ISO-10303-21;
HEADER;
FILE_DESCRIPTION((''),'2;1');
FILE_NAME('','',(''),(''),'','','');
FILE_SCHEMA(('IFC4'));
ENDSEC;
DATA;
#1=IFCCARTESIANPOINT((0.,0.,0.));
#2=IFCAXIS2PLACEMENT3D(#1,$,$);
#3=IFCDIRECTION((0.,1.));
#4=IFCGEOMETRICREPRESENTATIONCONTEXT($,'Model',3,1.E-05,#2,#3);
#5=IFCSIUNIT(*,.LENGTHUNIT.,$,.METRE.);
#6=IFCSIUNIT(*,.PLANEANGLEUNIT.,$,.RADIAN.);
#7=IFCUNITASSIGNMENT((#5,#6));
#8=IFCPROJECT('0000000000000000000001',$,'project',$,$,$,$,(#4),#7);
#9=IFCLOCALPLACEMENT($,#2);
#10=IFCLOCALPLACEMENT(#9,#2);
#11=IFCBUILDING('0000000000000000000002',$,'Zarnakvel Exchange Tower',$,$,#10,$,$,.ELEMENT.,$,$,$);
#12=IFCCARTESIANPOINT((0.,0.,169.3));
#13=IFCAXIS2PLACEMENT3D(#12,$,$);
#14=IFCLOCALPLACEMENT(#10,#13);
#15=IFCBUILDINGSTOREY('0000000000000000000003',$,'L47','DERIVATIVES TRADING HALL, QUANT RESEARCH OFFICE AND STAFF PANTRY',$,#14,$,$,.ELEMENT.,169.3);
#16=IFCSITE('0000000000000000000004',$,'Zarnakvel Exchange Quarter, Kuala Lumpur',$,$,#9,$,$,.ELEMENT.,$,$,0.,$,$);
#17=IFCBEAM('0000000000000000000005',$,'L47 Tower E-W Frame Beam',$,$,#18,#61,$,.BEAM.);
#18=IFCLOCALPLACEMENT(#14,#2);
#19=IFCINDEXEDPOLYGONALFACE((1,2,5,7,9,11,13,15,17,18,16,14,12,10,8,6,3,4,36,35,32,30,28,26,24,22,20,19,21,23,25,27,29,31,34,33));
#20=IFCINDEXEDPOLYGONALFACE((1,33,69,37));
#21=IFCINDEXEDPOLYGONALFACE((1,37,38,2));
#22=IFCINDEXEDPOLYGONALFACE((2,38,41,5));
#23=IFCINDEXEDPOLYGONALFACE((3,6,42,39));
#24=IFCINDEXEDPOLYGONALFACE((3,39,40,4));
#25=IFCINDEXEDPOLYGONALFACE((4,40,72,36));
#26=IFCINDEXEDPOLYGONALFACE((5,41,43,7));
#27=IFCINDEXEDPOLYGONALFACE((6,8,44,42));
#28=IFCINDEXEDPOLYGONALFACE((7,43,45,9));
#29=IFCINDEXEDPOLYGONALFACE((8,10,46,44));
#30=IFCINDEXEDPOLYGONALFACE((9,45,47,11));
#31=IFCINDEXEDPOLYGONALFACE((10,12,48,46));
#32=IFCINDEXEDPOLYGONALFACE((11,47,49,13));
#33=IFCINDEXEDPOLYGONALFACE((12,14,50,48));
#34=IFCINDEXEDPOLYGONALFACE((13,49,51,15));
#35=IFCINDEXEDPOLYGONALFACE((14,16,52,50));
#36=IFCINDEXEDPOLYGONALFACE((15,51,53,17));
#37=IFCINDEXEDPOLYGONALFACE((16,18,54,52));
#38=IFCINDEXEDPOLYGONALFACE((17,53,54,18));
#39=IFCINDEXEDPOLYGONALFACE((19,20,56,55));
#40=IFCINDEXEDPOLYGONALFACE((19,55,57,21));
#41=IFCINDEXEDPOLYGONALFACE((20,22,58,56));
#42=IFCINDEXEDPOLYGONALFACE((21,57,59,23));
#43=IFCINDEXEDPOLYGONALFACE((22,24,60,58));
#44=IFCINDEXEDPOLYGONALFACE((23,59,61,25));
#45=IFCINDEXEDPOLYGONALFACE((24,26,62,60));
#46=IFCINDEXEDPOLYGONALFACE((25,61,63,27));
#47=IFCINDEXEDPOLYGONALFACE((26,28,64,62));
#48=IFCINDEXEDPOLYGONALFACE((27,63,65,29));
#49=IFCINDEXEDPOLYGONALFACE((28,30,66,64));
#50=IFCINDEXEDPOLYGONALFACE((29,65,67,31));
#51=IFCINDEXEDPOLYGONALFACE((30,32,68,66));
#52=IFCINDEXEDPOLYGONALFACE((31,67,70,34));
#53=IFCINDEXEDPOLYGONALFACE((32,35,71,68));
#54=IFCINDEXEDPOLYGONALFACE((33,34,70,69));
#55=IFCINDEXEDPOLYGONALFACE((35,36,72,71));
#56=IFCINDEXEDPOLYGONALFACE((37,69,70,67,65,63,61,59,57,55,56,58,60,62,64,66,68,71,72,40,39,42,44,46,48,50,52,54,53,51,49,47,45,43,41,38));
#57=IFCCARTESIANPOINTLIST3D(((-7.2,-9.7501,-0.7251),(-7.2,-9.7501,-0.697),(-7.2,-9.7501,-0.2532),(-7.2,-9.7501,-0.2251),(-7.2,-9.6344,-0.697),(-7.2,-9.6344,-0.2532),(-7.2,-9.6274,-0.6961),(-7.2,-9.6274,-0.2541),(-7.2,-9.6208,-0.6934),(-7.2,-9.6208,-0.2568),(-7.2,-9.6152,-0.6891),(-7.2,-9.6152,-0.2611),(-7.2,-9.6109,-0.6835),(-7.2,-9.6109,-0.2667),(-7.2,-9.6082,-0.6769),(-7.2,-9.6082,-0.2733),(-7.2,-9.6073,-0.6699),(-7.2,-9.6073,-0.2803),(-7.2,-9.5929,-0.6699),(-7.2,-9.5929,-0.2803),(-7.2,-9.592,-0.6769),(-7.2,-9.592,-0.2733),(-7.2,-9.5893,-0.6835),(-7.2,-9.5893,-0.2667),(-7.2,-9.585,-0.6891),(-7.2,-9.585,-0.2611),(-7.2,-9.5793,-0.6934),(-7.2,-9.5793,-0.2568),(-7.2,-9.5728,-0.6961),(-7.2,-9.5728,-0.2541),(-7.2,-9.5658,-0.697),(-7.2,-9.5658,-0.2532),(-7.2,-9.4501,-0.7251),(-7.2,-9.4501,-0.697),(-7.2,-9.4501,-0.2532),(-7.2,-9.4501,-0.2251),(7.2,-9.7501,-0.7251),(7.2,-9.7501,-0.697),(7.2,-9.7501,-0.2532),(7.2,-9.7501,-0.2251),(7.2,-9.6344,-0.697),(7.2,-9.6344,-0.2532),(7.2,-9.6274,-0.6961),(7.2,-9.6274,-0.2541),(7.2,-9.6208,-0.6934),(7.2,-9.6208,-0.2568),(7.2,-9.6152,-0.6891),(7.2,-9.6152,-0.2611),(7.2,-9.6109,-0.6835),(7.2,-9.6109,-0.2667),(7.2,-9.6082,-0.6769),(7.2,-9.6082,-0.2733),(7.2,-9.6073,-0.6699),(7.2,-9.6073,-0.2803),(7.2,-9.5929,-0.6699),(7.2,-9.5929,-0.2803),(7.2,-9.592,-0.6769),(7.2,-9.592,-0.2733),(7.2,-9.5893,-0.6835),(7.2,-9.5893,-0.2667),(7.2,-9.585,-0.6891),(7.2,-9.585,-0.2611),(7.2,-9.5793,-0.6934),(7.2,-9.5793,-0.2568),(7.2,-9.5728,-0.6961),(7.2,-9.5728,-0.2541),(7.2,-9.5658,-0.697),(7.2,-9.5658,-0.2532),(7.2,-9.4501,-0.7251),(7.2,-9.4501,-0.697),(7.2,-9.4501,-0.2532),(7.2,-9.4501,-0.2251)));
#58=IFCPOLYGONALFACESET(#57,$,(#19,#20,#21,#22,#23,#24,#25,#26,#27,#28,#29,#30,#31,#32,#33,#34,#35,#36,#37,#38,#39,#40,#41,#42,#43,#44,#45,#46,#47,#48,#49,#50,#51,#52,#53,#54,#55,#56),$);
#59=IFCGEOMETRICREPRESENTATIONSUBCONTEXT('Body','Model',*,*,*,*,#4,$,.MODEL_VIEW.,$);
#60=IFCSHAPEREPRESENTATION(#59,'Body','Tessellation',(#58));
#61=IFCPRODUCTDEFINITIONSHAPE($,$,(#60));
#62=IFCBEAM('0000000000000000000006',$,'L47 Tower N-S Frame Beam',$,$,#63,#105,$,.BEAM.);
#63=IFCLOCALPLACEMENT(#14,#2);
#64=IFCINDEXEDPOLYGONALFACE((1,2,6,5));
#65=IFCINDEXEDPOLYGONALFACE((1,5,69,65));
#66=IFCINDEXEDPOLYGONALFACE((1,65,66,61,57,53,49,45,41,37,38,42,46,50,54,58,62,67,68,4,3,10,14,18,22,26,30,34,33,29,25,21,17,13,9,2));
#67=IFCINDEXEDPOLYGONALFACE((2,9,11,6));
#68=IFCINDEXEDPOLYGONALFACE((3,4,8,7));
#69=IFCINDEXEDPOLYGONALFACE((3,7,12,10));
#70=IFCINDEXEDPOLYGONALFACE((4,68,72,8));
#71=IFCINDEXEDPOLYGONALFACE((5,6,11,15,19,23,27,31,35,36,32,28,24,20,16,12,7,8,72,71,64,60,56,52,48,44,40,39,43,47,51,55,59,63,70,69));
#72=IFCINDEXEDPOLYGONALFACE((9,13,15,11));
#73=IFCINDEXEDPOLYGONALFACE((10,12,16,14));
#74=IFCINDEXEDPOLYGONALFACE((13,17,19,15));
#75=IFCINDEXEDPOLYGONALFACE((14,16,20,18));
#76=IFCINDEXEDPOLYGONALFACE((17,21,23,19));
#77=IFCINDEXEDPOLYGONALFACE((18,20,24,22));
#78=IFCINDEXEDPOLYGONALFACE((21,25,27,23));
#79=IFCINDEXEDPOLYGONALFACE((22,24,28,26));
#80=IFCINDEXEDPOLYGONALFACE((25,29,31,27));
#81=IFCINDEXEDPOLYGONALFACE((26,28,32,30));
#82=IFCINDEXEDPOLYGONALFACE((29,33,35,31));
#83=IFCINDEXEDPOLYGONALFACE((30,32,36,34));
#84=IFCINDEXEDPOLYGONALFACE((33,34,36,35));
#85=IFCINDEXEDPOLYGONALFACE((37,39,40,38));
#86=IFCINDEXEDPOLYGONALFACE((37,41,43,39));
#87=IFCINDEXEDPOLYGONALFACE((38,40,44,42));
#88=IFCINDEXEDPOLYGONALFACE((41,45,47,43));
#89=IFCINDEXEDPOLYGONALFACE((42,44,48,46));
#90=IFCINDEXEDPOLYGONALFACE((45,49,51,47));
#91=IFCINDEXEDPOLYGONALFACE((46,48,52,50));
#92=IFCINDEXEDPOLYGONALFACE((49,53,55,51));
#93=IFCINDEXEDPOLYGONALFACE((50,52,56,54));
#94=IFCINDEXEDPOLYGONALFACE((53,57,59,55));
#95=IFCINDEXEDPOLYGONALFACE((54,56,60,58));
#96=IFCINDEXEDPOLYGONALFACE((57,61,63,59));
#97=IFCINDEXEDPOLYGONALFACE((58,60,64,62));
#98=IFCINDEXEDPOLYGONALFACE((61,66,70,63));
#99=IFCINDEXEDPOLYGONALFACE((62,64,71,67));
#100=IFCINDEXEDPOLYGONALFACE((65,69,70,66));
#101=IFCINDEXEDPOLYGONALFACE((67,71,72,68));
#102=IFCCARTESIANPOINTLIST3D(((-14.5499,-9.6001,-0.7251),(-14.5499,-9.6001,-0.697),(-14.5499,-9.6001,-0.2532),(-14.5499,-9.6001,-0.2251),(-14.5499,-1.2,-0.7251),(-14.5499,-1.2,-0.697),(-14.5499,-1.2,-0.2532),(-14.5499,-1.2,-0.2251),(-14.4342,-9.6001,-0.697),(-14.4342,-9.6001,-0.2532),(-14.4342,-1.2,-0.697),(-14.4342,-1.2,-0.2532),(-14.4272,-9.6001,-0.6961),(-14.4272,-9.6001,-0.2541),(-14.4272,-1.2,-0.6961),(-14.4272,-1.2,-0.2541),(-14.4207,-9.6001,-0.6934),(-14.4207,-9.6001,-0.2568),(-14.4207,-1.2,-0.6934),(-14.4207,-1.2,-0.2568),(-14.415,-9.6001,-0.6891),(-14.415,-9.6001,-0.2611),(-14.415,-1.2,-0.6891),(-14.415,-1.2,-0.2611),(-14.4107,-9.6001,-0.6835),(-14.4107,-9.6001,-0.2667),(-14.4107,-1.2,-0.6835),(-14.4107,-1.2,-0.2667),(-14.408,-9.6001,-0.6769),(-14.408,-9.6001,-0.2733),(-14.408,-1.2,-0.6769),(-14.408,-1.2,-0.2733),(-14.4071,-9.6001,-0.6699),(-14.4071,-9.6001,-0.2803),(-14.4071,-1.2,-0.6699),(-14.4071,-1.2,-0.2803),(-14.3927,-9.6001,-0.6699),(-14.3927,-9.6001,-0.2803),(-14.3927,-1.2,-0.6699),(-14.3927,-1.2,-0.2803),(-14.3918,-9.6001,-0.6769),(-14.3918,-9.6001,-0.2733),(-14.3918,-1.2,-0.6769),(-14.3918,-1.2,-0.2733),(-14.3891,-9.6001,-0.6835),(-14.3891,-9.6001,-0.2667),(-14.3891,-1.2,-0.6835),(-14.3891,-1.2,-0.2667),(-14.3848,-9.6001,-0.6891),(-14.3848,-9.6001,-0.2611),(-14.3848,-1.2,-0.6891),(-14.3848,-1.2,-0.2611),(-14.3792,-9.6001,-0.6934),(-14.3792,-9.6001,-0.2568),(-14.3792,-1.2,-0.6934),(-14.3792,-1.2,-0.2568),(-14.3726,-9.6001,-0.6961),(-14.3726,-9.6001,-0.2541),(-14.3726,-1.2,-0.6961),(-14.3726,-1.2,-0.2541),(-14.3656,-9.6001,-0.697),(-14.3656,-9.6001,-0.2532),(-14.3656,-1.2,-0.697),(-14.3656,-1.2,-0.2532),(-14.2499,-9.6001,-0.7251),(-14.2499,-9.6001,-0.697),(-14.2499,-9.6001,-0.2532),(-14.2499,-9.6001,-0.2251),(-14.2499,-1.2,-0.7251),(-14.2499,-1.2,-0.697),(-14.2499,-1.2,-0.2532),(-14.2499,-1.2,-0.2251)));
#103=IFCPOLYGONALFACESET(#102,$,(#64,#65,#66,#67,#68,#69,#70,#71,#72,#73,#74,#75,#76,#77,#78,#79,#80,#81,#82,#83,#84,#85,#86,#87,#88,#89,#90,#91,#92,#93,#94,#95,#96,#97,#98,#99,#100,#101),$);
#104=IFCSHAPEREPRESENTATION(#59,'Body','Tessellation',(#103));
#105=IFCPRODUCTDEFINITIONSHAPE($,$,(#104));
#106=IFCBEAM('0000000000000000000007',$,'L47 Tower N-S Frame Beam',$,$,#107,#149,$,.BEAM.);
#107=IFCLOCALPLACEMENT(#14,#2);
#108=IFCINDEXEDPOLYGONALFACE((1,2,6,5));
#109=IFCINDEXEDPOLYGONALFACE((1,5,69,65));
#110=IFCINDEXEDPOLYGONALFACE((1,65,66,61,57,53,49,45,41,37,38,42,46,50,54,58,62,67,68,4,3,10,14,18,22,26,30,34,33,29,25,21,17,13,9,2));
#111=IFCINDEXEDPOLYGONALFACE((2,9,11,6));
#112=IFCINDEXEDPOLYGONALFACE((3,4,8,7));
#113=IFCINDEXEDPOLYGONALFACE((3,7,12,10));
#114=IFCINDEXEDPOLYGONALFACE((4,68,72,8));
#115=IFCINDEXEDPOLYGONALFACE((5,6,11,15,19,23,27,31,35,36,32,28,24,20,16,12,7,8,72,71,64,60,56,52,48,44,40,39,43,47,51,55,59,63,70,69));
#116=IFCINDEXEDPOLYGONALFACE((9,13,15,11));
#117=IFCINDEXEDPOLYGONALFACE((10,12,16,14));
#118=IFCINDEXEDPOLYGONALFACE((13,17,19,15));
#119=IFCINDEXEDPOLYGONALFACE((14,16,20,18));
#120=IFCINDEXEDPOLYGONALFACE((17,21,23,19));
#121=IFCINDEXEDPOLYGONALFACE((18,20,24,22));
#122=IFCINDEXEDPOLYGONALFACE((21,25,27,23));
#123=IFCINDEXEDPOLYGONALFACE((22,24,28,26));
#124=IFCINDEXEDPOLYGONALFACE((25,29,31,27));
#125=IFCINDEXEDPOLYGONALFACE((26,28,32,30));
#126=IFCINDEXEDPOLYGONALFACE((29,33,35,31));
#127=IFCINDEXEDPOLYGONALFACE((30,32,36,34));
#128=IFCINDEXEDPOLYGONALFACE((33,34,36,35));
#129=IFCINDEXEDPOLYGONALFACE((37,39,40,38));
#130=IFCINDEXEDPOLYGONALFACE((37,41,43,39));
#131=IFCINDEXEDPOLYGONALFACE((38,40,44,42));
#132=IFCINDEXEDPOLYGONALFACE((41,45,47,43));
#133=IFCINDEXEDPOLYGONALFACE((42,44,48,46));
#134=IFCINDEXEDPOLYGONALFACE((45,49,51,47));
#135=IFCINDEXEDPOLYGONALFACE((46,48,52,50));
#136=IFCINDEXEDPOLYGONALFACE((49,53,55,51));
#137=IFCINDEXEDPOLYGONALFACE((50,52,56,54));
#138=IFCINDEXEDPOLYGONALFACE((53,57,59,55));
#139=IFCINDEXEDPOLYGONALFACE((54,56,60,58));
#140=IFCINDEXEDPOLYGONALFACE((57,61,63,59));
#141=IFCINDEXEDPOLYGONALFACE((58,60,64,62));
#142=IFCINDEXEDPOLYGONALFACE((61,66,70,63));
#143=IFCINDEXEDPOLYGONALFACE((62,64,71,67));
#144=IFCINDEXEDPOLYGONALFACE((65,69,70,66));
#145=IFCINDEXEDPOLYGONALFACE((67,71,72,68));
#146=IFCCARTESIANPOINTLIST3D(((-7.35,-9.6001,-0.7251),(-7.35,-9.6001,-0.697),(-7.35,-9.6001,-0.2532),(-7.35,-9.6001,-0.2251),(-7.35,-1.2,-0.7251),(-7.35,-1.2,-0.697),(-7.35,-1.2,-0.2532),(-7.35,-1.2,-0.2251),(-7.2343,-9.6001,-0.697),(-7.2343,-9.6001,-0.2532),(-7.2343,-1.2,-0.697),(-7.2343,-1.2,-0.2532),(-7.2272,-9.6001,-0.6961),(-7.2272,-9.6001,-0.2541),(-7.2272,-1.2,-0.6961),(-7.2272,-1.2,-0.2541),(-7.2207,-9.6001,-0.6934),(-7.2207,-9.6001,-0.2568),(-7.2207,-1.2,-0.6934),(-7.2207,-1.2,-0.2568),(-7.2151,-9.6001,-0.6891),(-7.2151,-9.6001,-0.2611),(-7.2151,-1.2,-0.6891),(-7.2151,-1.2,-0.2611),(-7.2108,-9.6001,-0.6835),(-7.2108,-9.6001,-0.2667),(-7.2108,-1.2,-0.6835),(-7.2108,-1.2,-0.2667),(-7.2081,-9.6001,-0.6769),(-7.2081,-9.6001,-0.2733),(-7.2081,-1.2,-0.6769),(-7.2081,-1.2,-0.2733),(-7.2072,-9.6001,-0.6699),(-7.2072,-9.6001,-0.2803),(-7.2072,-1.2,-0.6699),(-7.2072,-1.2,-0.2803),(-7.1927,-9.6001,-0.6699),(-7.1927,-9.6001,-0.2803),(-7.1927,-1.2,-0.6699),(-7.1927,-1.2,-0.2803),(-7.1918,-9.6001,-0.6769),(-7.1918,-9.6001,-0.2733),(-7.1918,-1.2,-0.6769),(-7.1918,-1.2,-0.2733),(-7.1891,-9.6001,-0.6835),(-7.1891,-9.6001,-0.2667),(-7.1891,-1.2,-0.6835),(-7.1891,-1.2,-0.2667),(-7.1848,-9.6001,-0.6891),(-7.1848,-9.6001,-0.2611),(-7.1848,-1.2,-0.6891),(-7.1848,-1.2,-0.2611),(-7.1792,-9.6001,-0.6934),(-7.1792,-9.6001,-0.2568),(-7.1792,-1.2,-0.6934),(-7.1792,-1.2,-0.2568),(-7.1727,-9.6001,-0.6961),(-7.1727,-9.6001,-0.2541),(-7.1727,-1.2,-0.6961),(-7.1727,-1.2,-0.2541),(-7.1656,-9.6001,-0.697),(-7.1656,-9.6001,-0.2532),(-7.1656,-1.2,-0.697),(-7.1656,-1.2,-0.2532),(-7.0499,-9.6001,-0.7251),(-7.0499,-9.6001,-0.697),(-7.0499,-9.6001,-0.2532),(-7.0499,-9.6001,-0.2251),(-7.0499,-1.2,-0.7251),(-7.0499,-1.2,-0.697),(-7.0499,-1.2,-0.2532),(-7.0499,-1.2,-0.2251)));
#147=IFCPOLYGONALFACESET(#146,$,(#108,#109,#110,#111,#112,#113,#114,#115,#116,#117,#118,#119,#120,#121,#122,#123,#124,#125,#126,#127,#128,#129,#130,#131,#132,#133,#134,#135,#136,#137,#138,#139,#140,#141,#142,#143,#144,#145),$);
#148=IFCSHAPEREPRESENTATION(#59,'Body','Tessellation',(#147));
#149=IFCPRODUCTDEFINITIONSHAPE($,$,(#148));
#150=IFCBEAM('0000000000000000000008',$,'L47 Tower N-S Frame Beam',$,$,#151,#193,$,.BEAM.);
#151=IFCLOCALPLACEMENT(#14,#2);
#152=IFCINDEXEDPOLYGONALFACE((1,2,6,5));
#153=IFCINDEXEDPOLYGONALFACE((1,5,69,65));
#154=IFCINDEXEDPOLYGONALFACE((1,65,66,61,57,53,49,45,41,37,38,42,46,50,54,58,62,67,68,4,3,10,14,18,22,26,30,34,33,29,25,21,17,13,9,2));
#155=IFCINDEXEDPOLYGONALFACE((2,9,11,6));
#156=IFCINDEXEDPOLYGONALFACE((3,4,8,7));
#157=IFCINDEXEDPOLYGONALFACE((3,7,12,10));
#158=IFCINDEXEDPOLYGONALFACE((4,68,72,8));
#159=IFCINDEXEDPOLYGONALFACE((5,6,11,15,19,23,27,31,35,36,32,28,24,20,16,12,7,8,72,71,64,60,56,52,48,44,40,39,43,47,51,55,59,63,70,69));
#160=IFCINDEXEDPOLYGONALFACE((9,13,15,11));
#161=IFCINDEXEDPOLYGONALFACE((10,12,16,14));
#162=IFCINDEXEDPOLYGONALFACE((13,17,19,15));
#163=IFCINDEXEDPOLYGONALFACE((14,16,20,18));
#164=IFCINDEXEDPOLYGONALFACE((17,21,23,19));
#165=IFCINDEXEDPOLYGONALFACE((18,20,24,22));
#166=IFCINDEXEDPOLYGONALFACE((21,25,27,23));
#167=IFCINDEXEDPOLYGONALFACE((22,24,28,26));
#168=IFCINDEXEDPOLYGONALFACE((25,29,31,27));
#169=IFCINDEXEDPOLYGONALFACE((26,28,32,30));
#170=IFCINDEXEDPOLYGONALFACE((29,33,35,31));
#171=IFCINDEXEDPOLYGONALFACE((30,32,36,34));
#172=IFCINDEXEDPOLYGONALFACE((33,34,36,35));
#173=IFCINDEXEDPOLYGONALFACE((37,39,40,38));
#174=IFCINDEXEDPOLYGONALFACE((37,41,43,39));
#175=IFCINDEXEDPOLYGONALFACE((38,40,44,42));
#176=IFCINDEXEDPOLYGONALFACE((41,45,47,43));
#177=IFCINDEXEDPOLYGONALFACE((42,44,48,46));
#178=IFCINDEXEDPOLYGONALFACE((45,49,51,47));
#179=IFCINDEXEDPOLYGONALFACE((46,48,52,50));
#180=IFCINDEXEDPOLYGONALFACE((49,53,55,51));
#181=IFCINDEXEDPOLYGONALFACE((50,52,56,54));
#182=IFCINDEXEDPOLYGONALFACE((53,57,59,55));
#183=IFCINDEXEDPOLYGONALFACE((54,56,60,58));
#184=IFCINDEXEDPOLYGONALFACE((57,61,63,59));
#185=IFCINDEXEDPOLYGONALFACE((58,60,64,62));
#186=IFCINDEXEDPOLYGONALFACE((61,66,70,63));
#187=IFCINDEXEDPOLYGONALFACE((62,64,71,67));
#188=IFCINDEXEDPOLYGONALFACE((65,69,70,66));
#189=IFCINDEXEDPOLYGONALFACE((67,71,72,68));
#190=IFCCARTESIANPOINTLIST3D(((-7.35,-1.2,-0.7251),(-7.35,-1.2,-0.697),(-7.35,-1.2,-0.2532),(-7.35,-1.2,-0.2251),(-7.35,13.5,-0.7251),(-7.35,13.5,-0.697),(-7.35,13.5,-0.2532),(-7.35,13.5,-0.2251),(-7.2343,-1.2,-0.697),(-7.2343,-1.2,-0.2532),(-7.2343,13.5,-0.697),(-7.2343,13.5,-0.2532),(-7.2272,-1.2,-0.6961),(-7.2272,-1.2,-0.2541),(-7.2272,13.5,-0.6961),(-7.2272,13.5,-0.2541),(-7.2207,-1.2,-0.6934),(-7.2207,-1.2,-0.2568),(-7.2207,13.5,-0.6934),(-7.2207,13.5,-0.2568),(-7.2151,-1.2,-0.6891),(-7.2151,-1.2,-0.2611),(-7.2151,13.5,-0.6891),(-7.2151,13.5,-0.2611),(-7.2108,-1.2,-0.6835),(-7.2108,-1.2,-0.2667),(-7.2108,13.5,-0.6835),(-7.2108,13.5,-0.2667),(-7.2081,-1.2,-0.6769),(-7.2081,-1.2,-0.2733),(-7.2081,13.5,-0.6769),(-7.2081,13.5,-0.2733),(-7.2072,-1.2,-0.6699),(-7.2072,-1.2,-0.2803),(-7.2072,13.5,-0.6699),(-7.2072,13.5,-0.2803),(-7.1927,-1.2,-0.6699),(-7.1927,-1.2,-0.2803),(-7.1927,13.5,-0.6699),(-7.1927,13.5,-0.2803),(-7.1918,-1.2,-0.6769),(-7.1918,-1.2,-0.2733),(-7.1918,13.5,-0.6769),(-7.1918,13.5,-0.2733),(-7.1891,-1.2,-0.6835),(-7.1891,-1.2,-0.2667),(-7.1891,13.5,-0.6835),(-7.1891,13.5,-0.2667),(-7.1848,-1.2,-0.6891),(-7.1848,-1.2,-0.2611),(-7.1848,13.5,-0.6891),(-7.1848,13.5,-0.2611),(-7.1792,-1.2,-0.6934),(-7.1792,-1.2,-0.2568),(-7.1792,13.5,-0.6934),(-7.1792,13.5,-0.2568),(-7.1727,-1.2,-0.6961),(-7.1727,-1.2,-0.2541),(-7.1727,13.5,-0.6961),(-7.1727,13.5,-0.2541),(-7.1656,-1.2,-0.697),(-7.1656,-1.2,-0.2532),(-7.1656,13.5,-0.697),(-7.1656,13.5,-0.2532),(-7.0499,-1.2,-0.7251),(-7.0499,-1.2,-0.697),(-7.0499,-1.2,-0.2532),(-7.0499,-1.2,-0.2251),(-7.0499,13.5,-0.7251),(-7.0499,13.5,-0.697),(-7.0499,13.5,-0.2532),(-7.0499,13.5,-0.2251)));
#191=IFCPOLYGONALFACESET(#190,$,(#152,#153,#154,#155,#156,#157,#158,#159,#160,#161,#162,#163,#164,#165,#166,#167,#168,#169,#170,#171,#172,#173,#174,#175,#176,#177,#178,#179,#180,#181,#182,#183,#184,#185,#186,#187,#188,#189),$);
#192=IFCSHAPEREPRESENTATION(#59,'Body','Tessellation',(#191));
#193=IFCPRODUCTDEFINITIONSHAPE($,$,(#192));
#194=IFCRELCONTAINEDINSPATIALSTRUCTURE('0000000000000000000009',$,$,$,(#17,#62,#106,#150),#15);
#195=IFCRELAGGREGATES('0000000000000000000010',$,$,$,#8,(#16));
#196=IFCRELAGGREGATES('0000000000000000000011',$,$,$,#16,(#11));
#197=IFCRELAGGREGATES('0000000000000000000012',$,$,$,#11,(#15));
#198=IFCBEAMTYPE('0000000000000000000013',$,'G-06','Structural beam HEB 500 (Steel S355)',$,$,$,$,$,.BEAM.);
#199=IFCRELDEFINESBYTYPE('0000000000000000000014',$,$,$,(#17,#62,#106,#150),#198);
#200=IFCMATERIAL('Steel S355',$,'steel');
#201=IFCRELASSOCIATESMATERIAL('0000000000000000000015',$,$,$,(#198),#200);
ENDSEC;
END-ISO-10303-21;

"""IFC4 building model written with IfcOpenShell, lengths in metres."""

from ifc_helpers import new_model, si_unit, direction, frame, origin, origin_2d, place, context, subcontext, project, spatial, i_section, extrude, material, material_profile, profile_set, type_object, element, save


model = new_model("IFC4")

# Units and contexts
model_context = context("Model", 3, precision=1e-05, world=origin(), true_north=direction((0.0, 1.0)))
body_context = subcontext(model_context, "Body", "Model", "MODEL_VIEW")
ifc_project = project(units=[si_unit("LENGTHUNIT", "METRE"), si_unit("PLANEANGLEUNIT", "RADIAN")], contexts=[model_context])

# Site, building, storey
site_placement = place(None, origin())
site = spatial("IfcSite", under=ifc_project, at=site_placement, Name="Zarnakvel Exchange Quarter, Kuala Lumpur", CompositionType="ELEMENT", RefElevation=0.0)
building_placement = place(site_placement, origin())
building = spatial("IfcBuilding", under=site, at=building_placement, Name="Zarnakvel Exchange Tower", CompositionType="ELEMENT")
storey_placement = place(building_placement, frame((0.0, 0.0, 169.3)))
storey = spatial("IfcBuildingStorey", under=building, at=storey_placement, Name="L47", Description="DERIVATIVES TRADING HALL, QUANT RESEARCH OFFICE AND STAFF PANTRY", CompositionType="ELEMENT", Elevation=169.3)

# Beams
ifc_material_1 = material(Name="Steel S355", Category="steel")
ifc_material_profile_1 = material_profile(ifc_material_1, i_section(OverallWidth=0.3, OverallDepth=0.5, WebThickness=0.0144, FlangeThickness=0.0281, FilletRadius=0.0271, at=origin_2d()))
ifc_profile_set_1 = profile_set([ifc_material_profile_1], Name="Steel S355")
beam_type_1 = type_object("IfcBeamType", Name="G-06", Description="Structural beam HEB 500 (Steel S355)", PredefinedType="BEAM", material=ifc_profile_set_1)
beam_1_placement = place(storey_placement, frame((-7.2, -9.6001, -0.4751), z_axis=(1.0, 0.0, 0.0), x_axis=(0.0, 1.0, 0.0)))
element("IfcBeam", 1, at=beam_1_placement, inside=storey, type_object=beam_type_1, Name="L47 Tower E-W Frame Beam", PredefinedType="BEAM", context=body_context, shape_type="SweptSolid", body=[
    extrude(i_section(OverallWidth=0.3, OverallDepth=0.5, WebThickness=0.0144, FlangeThickness=0.0281, FilletRadius=0.0271, at=origin_2d()), origin(), (0.0, 0.0, 1.0), 14.3999),
])
for number, where, z_axis, x_axis, name in (
    (2, (-14.3999, -9.6001, -0.4751), (0.0, 1.0, 0.0), (-1.0, 0.0, 0.0), "L47 Tower N-S Frame Beam"),
    (3, (-7.2, -9.6001, -0.4751), (0.0, 1.0, 0.0), (-1.0, 0.0, 0.0), "L47 Tower N-S Frame Beam"),
):
    element("IfcBeam", number, at=place(storey_placement, frame(where, z_axis=z_axis, x_axis=x_axis)), inside=storey, type_object=beam_type_1, Name=name, PredefinedType="BEAM", context=body_context, shape_type="SweptSolid", body=[
        extrude(i_section(OverallWidth=0.3, OverallDepth=0.5, WebThickness=0.0144, FlangeThickness=0.0281, FilletRadius=0.0271, at=origin_2d()), origin(), (0.0, 0.0, 1.0), 8.4001),
    ])
beam_2_placement = place(storey_placement, frame((-7.2, -1.2, -0.4751), z_axis=(0.0, 1.0, 0.0), x_axis=(-1.0, 0.0, 0.0)))
element("IfcBeam", 4, at=beam_2_placement, inside=storey, type_object=beam_type_1, Name="L47 Tower N-S Frame Beam", PredefinedType="BEAM", context=body_context, shape_type="SweptSolid", body=[
    extrude(i_section(OverallWidth=0.3, OverallDepth=0.5, WebThickness=0.0144, FlangeThickness=0.0281, FilletRadius=0.0271, at=origin_2d()), origin(), (0.0, 0.0, 1.0), 14.7),
])

save(model, "model.ifc")
